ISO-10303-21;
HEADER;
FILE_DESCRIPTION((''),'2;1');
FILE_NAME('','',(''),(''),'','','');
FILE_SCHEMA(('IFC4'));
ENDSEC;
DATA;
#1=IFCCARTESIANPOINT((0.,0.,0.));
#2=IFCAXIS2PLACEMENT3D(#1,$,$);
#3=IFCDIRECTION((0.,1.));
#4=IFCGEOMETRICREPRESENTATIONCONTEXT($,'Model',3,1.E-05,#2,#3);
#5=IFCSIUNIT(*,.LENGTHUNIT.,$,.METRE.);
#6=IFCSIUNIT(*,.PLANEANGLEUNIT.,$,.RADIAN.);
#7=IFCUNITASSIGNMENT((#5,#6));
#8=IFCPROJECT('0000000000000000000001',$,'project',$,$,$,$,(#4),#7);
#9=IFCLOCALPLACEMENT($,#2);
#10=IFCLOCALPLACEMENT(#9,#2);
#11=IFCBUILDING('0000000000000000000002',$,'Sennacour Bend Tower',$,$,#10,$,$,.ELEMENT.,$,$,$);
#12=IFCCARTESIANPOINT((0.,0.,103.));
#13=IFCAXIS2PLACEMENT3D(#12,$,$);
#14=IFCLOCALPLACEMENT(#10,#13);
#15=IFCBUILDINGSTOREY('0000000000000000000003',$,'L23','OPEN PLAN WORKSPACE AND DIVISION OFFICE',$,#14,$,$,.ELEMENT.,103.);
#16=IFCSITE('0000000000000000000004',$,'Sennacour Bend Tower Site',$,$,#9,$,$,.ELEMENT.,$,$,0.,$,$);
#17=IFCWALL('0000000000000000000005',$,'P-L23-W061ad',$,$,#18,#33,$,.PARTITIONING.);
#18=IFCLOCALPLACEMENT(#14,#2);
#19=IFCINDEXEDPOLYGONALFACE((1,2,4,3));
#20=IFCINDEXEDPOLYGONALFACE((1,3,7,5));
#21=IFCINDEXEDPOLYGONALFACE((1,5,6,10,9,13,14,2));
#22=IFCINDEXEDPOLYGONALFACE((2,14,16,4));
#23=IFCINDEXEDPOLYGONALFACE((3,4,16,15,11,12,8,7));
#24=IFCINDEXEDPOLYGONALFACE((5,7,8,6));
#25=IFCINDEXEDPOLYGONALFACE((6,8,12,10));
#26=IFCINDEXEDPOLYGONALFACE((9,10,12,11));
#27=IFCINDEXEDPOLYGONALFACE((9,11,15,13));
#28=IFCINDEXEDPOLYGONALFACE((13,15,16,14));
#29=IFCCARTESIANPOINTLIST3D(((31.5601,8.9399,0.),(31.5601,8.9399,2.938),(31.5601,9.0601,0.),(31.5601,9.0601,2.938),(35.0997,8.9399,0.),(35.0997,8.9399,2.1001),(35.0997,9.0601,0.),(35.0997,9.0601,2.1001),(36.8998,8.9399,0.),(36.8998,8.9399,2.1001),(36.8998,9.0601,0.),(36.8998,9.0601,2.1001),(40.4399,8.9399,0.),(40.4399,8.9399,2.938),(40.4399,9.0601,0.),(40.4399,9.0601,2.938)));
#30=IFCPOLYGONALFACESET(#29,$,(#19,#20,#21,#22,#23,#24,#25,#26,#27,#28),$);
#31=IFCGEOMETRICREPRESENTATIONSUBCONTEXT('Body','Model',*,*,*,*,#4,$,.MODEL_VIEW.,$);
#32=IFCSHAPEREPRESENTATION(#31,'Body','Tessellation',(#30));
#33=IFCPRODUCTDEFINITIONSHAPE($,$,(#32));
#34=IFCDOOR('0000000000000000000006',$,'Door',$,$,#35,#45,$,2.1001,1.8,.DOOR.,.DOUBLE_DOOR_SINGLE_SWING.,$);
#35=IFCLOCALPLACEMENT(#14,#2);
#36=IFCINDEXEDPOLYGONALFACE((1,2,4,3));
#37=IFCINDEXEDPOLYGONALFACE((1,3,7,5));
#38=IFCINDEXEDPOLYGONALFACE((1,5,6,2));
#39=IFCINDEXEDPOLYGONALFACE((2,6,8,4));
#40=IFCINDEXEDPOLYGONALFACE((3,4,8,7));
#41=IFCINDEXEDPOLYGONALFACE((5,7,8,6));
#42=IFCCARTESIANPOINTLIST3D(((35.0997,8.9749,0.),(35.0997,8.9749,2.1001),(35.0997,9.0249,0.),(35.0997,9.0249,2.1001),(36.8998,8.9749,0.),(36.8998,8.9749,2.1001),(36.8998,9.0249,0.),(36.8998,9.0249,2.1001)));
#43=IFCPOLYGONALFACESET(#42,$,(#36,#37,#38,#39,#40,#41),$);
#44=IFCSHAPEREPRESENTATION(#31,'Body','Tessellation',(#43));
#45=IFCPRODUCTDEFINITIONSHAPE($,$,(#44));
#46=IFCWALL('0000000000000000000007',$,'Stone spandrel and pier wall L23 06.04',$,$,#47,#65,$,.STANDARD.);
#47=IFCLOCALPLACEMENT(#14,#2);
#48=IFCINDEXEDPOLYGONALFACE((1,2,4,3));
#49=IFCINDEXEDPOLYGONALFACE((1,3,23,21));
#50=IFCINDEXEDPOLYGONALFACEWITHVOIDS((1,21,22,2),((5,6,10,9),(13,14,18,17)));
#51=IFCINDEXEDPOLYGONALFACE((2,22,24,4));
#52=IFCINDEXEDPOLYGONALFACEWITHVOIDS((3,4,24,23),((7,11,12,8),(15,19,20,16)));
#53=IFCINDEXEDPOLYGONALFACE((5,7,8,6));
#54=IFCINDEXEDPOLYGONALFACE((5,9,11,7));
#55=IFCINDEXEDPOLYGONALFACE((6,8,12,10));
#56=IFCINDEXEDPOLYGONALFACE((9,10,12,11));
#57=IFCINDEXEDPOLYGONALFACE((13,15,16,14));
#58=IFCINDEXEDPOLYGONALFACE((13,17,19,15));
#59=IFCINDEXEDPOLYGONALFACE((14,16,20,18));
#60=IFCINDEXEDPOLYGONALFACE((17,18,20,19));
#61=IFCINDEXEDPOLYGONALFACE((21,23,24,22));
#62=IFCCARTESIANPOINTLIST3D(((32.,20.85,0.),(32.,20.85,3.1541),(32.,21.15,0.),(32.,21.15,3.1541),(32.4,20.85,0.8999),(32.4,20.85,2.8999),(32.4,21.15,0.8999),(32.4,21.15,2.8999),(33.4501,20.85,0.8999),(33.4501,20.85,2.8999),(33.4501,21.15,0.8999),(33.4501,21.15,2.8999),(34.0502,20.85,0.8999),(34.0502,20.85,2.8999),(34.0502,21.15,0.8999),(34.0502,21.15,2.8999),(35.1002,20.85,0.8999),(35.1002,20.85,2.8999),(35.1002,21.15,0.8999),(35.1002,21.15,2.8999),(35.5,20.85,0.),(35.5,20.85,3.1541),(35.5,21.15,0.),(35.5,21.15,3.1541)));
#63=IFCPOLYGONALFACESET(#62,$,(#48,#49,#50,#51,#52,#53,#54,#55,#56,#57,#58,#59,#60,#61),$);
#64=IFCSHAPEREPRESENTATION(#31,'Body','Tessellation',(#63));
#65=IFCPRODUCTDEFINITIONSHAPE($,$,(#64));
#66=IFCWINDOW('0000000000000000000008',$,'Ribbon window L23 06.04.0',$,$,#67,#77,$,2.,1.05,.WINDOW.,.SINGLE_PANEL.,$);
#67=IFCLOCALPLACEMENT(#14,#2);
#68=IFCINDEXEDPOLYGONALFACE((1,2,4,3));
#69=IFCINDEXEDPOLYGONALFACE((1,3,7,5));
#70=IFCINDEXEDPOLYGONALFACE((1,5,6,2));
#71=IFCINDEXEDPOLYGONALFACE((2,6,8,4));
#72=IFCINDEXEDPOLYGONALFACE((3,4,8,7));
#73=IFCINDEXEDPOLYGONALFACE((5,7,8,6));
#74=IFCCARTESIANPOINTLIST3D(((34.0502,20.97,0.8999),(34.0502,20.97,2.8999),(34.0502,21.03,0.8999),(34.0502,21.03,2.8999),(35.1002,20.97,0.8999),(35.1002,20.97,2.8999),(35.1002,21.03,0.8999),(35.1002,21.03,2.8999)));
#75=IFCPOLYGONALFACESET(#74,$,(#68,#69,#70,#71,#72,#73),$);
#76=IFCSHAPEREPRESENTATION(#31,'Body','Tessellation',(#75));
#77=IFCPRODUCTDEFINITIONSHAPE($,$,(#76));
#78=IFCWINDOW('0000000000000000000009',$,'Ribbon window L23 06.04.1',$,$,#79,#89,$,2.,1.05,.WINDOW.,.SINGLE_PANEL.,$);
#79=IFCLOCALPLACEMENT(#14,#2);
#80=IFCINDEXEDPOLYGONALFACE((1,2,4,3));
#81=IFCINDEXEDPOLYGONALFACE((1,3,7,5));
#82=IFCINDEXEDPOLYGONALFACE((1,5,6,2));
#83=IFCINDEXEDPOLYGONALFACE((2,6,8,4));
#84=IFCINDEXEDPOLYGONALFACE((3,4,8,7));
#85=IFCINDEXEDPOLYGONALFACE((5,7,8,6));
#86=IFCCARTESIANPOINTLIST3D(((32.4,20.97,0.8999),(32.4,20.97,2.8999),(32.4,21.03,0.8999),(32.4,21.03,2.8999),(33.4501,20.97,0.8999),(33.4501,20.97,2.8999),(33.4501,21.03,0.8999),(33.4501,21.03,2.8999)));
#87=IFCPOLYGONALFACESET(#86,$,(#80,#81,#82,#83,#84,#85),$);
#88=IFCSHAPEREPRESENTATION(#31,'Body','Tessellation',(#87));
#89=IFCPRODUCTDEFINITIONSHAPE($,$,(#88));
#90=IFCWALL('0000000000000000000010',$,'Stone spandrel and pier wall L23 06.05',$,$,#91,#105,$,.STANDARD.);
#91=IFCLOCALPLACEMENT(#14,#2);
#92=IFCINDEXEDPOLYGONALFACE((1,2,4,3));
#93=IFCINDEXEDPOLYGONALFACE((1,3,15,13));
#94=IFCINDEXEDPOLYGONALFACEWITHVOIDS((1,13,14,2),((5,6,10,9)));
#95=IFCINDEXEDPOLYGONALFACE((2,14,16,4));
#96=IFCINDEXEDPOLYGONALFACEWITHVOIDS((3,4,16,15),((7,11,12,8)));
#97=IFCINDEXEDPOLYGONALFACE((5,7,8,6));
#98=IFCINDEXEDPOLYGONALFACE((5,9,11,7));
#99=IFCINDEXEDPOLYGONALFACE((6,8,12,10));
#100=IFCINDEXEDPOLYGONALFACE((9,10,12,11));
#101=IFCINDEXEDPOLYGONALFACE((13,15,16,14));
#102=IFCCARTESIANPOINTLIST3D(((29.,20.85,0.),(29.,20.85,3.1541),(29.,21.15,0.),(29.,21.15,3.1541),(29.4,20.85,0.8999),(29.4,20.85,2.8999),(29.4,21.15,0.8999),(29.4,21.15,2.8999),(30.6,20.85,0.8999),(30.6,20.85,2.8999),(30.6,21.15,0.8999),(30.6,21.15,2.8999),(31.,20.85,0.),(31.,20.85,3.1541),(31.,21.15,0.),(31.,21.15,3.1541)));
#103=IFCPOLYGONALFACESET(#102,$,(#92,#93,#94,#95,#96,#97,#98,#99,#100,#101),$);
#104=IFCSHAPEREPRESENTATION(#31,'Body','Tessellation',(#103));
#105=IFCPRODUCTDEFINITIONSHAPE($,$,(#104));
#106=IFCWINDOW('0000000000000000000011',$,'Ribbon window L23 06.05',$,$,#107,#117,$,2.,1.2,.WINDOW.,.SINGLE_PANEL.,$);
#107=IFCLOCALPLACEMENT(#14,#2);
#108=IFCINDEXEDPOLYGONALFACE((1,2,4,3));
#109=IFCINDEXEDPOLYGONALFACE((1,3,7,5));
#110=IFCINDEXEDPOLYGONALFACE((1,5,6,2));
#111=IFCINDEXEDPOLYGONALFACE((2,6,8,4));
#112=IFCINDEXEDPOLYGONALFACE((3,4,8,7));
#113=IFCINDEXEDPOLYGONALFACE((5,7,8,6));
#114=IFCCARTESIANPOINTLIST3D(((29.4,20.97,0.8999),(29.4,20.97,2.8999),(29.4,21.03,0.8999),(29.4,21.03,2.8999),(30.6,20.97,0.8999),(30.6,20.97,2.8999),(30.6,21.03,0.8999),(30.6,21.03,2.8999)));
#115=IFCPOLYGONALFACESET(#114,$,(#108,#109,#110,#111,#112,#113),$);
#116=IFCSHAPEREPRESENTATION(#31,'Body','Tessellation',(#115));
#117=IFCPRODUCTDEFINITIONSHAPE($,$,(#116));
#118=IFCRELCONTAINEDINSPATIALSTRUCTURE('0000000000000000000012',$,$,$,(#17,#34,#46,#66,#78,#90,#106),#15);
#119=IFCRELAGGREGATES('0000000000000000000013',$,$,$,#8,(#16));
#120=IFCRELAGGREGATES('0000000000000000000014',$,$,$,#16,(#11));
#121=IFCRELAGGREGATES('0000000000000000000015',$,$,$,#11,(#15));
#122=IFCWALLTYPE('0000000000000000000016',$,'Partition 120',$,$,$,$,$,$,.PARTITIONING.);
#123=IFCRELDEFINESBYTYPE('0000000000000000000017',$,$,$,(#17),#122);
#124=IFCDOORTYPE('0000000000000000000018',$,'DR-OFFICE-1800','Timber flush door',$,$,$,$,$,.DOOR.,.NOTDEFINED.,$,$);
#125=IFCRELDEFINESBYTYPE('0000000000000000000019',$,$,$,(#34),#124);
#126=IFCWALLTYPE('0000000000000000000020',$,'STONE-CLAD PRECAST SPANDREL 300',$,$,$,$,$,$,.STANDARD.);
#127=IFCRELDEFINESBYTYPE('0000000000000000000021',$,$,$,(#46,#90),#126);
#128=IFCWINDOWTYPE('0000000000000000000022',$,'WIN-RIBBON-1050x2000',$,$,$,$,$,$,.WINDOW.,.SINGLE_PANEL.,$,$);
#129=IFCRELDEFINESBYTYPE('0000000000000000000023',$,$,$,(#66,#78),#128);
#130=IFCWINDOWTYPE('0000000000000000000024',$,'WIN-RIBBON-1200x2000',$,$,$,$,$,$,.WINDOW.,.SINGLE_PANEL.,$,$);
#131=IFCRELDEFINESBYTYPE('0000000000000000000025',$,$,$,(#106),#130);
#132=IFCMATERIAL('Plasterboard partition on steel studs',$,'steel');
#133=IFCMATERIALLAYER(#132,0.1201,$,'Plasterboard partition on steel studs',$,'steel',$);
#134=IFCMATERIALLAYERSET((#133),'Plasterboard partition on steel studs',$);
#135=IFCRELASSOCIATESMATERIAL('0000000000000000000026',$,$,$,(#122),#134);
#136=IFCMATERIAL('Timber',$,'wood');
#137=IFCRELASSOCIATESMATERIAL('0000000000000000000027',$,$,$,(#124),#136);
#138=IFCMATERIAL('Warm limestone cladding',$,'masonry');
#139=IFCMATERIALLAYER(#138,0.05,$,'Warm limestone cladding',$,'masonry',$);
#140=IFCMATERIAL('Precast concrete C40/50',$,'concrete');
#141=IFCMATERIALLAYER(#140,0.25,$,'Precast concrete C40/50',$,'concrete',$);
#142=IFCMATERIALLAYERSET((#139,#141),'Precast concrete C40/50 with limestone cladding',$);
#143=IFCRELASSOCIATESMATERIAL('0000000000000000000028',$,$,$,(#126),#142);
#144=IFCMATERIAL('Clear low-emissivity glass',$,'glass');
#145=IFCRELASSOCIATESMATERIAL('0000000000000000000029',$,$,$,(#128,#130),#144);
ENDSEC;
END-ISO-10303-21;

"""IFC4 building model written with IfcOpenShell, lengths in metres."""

from ifc_helpers import new_model, si_unit, direction, frame, frame_2d, origin, place, context, subcontext, project, spatial, rectangle, extrude, material, layer, layer_set, type_object, element, fill, save


model = new_model("IFC4")

# Units and contexts
model_context = context("Model", 3, precision=1e-05, world=origin(), true_north=direction((0.0, 1.0)))
body_context = subcontext(model_context, "Body", "Model", "MODEL_VIEW")
ifc_project = project(units=[si_unit("LENGTHUNIT", "METRE"), si_unit("PLANEANGLEUNIT", "RADIAN")], contexts=[model_context])

# Site, building, storey
site_placement = place(None, origin())
site = spatial("IfcSite", under=ifc_project, at=site_placement, Name="Sennacour Bend Tower Site", CompositionType="ELEMENT", RefElevation=0.0)
building_placement = place(site_placement, origin())
building = spatial("IfcBuilding", under=site, at=building_placement, Name="Sennacour Bend Tower", CompositionType="ELEMENT")
storey_placement = place(building_placement, frame((0.0, 0.0, 103.0)))
storey = spatial("IfcBuildingStorey", under=building, at=storey_placement, Name="L23", Description="OPEN PLAN WORKSPACE AND DIVISION OFFICE", CompositionType="ELEMENT", Elevation=103.0)

# Shared definitions
ifc_material_1 = material(Name="Plasterboard partition on steel studs", Category="steel")
ifc_layer_1 = layer(ifc_material_1, 0.1201, Name="Plasterboard partition on steel studs", Category="steel")
ifc_layer_set_1 = layer_set([ifc_layer_1], Name="Plasterboard partition on steel studs")
wall_type_1 = type_object("IfcWallType", Name="Partition 120", PredefinedType="PARTITIONING", material=ifc_layer_set_1)

# Wall, opening, door
ifc_material_2 = material(Name="Timber", Category="wood")
wall_1_placement = place(storey_placement, frame((31.5601, 9.0, 0.0), z_axis=(0.0, 0.0, 1.0), x_axis=(1.0, 0.0, 0.0)))
wall_1 = element("IfcWall", 1, at=wall_1_placement, inside=storey, type_object=wall_type_1, Name="P-L23-W061ad", PredefinedType="PARTITIONING", context=body_context, shape_type="SweptSolid", body=[
    extrude(rectangle(XDim=8.8799, YDim=0.1201, at=frame_2d((4.4399, 0.0))), origin(), (0.0, 0.0, 1.0), 2.938),
])
opening_1_placement = place(wall_1_placement, frame((3.5398, 0.0, 0.0)))
opening_1 = element("IfcOpeningElement", 2, at=opening_1_placement, cuts=wall_1, PredefinedType="OPENING", context=body_context, shape_type="SweptSolid", body=[
    extrude(rectangle(XDim=1.8, YDim=2.1001, at=frame_2d((0.8999, 1.05))), frame((0.0, 0.0701, 0.0), z_axis=(0.0, -1.0, 0.0), x_axis=(1.0, 0.0, 0.0)), (0.0, 0.0, 1.0), 0.1401),
])
door_type_1 = type_object("IfcDoorType", Name="DR-OFFICE-1800", Description="Timber flush door", OperationType="NOTDEFINED", PredefinedType="DOOR", material=ifc_material_2)
door_1_placement = place(opening_1_placement, origin())
door_1 = element("IfcDoor", 3, at=door_1_placement, inside=storey, type_object=door_type_1, Name="Door", OperationType="DOUBLE_DOOR_SINGLE_SWING", OverallHeight=2.1001, OverallWidth=1.8, PredefinedType="DOOR", context=body_context, shape_type="SweptSolid", body=[
    extrude(rectangle(XDim=1.8, YDim=2.1001, at=frame_2d((0.8999, 1.05))), frame((0.0, 0.0249, 0.0), z_axis=(0.0, -1.0, 0.0), x_axis=(1.0, 0.0, 0.0)), (0.0, 0.0, 1.0), 0.05),
])
fill(opening_1, door_1)

# Wall, openings, windows
ifc_material_3 = material(Name="Warm limestone cladding", Category="masonry")
ifc_layer_2 = layer(ifc_material_3, 0.05, Name="Warm limestone cladding", Category="masonry")
ifc_material_4 = material(Name="Precast concrete C40/50", Category="concrete")
ifc_layer_3 = layer(ifc_material_4, 0.25, Name="Precast concrete C40/50", Category="concrete")
ifc_layer_set_2 = layer_set([ifc_layer_2, ifc_layer_3], Name="Precast concrete C40/50 with limestone cladding")
wall_type_2 = type_object("IfcWallType", Name="STONE-CLAD PRECAST SPANDREL 300", PredefinedType="STANDARD", material=ifc_layer_set_2)
wall_2_placement = place(storey_placement, frame((35.5, 21.0, 0.0), z_axis=(0.0, 0.0, 1.0), x_axis=(-1.0, 0.0, 0.0)))
wall_2 = element("IfcWall", 4, at=wall_2_placement, inside=storey, type_object=wall_type_2, Name="Stone spandrel and pier wall L23 06.04", PredefinedType="STANDARD", context=body_context, shape_type="SweptSolid", body=[
    extrude(rectangle(XDim=3.5, YDim=0.3, at=frame_2d((1.75, 0.0))), origin(), (0.0, 0.0, 1.0), 3.1541),
])
opening_2_placement = place(wall_2_placement, frame((0.3999, 0.0, 0.8999)))
opening_2 = element("IfcOpeningElement", 5, at=opening_2_placement, cuts=wall_2, PredefinedType="OPENING", context=body_context, shape_type="SweptSolid", body=[
    extrude(rectangle(XDim=1.05, YDim=2.0, at=frame_2d((0.5249, 1.0))), frame((0.0, 0.1602, 0.0), z_axis=(0.0, -1.0, 0.0), x_axis=(1.0, 0.0, 0.0)), (0.0, 0.0, 1.0), 0.3201),
])
opening_3_placement = place(wall_2_placement, frame((2.05, 0.0, 0.8999)))
opening_3 = element("IfcOpeningElement", 6, at=opening_3_placement, cuts=wall_2, PredefinedType="OPENING", context=body_context, shape_type="SweptSolid", body=[
    extrude(rectangle(XDim=1.05, YDim=2.0, at=frame_2d((0.5249, 1.0))), frame((0.0, 0.1602, 0.0), z_axis=(0.0, -1.0, 0.0), x_axis=(1.0, 0.0, 0.0)), (0.0, 0.0, 1.0), 0.3201),
])
ifc_material_5 = material(Name="Clear low-emissivity glass", Category="glass")
window_type_1 = type_object("IfcWindowType", Name="WIN-RIBBON-1050x2000", PartitioningType="SINGLE_PANEL", PredefinedType="WINDOW", material=ifc_material_5)
window_1_placement = place(opening_2_placement, origin())
window_1 = element("IfcWindow", 7, at=window_1_placement, inside=storey, type_object=window_type_1, Name="Ribbon window L23 06.04.0", OverallHeight=2.0, OverallWidth=1.05, PartitioningType="SINGLE_PANEL", PredefinedType="WINDOW", context=body_context, shape_type="SweptSolid", body=[
    extrude(rectangle(XDim=1.05, YDim=2.0, at=frame_2d((0.5249, 1.0))), frame((0.0, 0.03, 0.0), z_axis=(0.0, -1.0, 0.0), x_axis=(1.0, 0.0, 0.0)), (0.0, 0.0, 1.0), 0.0601),
])
fill(opening_2, window_1)
window_2_placement = place(opening_3_placement, origin())
window_2 = element("IfcWindow", 8, at=window_2_placement, inside=storey, type_object=window_type_1, Name="Ribbon window L23 06.04.1", OverallHeight=2.0, OverallWidth=1.05, PartitioningType="SINGLE_PANEL", PredefinedType="WINDOW", context=body_context, shape_type="SweptSolid", body=[
    extrude(rectangle(XDim=1.05, YDim=2.0, at=frame_2d((0.5249, 1.0))), frame((0.0, 0.03, 0.0), z_axis=(0.0, -1.0, 0.0), x_axis=(1.0, 0.0, 0.0)), (0.0, 0.0, 1.0), 0.0601),
])
fill(opening_3, window_2)

# Wall, opening, window
wall_3_placement = place(storey_placement, frame((31.0, 21.0, 0.0), z_axis=(0.0, 0.0, 1.0), x_axis=(-1.0, 0.0, 0.0)))
wall_3 = element("IfcWall", 9, at=wall_3_placement, inside=storey, type_object=wall_type_2, Name="Stone spandrel and pier wall L23 06.05", PredefinedType="STANDARD", context=body_context, shape_type="SweptSolid", body=[
    extrude(rectangle(XDim=2.0, YDim=0.3, at=frame_2d((1.0, 0.0))), origin(), (0.0, 0.0, 1.0), 3.1541),
])
opening_4_placement = place(wall_3_placement, frame((0.3999, 0.0, 0.8999)))
opening_4 = element("IfcOpeningElement", 10, at=opening_4_placement, cuts=wall_3, PredefinedType="OPENING", context=body_context, shape_type="SweptSolid", body=[
    extrude(rectangle(XDim=1.2, YDim=2.0, at=frame_2d((0.6001, 1.0))), frame((0.0, 0.1602, 0.0), z_axis=(0.0, -1.0, 0.0), x_axis=(1.0, 0.0, 0.0)), (0.0, 0.0, 1.0), 0.3201),
])
window_type_2 = type_object("IfcWindowType", Name="WIN-RIBBON-1200x2000", PartitioningType="SINGLE_PANEL", PredefinedType="WINDOW", material=ifc_material_5)
window_3_placement = place(opening_4_placement, origin())
window_3 = element("IfcWindow", 11, at=window_3_placement, inside=storey, type_object=window_type_2, Name="Ribbon window L23 06.05", OverallHeight=2.0, OverallWidth=1.2, PartitioningType="SINGLE_PANEL", PredefinedType="WINDOW", context=body_context, shape_type="SweptSolid", body=[
    extrude(rectangle(XDim=1.2, YDim=2.0, at=frame_2d((0.6001, 1.0))), frame((0.0, 0.03, 0.0), z_axis=(0.0, -1.0, 0.0), x_axis=(1.0, 0.0, 0.0)), (0.0, 0.0, 1.0), 0.0601),
])
fill(opening_4, window_3)

save(model, "model.ifc")
